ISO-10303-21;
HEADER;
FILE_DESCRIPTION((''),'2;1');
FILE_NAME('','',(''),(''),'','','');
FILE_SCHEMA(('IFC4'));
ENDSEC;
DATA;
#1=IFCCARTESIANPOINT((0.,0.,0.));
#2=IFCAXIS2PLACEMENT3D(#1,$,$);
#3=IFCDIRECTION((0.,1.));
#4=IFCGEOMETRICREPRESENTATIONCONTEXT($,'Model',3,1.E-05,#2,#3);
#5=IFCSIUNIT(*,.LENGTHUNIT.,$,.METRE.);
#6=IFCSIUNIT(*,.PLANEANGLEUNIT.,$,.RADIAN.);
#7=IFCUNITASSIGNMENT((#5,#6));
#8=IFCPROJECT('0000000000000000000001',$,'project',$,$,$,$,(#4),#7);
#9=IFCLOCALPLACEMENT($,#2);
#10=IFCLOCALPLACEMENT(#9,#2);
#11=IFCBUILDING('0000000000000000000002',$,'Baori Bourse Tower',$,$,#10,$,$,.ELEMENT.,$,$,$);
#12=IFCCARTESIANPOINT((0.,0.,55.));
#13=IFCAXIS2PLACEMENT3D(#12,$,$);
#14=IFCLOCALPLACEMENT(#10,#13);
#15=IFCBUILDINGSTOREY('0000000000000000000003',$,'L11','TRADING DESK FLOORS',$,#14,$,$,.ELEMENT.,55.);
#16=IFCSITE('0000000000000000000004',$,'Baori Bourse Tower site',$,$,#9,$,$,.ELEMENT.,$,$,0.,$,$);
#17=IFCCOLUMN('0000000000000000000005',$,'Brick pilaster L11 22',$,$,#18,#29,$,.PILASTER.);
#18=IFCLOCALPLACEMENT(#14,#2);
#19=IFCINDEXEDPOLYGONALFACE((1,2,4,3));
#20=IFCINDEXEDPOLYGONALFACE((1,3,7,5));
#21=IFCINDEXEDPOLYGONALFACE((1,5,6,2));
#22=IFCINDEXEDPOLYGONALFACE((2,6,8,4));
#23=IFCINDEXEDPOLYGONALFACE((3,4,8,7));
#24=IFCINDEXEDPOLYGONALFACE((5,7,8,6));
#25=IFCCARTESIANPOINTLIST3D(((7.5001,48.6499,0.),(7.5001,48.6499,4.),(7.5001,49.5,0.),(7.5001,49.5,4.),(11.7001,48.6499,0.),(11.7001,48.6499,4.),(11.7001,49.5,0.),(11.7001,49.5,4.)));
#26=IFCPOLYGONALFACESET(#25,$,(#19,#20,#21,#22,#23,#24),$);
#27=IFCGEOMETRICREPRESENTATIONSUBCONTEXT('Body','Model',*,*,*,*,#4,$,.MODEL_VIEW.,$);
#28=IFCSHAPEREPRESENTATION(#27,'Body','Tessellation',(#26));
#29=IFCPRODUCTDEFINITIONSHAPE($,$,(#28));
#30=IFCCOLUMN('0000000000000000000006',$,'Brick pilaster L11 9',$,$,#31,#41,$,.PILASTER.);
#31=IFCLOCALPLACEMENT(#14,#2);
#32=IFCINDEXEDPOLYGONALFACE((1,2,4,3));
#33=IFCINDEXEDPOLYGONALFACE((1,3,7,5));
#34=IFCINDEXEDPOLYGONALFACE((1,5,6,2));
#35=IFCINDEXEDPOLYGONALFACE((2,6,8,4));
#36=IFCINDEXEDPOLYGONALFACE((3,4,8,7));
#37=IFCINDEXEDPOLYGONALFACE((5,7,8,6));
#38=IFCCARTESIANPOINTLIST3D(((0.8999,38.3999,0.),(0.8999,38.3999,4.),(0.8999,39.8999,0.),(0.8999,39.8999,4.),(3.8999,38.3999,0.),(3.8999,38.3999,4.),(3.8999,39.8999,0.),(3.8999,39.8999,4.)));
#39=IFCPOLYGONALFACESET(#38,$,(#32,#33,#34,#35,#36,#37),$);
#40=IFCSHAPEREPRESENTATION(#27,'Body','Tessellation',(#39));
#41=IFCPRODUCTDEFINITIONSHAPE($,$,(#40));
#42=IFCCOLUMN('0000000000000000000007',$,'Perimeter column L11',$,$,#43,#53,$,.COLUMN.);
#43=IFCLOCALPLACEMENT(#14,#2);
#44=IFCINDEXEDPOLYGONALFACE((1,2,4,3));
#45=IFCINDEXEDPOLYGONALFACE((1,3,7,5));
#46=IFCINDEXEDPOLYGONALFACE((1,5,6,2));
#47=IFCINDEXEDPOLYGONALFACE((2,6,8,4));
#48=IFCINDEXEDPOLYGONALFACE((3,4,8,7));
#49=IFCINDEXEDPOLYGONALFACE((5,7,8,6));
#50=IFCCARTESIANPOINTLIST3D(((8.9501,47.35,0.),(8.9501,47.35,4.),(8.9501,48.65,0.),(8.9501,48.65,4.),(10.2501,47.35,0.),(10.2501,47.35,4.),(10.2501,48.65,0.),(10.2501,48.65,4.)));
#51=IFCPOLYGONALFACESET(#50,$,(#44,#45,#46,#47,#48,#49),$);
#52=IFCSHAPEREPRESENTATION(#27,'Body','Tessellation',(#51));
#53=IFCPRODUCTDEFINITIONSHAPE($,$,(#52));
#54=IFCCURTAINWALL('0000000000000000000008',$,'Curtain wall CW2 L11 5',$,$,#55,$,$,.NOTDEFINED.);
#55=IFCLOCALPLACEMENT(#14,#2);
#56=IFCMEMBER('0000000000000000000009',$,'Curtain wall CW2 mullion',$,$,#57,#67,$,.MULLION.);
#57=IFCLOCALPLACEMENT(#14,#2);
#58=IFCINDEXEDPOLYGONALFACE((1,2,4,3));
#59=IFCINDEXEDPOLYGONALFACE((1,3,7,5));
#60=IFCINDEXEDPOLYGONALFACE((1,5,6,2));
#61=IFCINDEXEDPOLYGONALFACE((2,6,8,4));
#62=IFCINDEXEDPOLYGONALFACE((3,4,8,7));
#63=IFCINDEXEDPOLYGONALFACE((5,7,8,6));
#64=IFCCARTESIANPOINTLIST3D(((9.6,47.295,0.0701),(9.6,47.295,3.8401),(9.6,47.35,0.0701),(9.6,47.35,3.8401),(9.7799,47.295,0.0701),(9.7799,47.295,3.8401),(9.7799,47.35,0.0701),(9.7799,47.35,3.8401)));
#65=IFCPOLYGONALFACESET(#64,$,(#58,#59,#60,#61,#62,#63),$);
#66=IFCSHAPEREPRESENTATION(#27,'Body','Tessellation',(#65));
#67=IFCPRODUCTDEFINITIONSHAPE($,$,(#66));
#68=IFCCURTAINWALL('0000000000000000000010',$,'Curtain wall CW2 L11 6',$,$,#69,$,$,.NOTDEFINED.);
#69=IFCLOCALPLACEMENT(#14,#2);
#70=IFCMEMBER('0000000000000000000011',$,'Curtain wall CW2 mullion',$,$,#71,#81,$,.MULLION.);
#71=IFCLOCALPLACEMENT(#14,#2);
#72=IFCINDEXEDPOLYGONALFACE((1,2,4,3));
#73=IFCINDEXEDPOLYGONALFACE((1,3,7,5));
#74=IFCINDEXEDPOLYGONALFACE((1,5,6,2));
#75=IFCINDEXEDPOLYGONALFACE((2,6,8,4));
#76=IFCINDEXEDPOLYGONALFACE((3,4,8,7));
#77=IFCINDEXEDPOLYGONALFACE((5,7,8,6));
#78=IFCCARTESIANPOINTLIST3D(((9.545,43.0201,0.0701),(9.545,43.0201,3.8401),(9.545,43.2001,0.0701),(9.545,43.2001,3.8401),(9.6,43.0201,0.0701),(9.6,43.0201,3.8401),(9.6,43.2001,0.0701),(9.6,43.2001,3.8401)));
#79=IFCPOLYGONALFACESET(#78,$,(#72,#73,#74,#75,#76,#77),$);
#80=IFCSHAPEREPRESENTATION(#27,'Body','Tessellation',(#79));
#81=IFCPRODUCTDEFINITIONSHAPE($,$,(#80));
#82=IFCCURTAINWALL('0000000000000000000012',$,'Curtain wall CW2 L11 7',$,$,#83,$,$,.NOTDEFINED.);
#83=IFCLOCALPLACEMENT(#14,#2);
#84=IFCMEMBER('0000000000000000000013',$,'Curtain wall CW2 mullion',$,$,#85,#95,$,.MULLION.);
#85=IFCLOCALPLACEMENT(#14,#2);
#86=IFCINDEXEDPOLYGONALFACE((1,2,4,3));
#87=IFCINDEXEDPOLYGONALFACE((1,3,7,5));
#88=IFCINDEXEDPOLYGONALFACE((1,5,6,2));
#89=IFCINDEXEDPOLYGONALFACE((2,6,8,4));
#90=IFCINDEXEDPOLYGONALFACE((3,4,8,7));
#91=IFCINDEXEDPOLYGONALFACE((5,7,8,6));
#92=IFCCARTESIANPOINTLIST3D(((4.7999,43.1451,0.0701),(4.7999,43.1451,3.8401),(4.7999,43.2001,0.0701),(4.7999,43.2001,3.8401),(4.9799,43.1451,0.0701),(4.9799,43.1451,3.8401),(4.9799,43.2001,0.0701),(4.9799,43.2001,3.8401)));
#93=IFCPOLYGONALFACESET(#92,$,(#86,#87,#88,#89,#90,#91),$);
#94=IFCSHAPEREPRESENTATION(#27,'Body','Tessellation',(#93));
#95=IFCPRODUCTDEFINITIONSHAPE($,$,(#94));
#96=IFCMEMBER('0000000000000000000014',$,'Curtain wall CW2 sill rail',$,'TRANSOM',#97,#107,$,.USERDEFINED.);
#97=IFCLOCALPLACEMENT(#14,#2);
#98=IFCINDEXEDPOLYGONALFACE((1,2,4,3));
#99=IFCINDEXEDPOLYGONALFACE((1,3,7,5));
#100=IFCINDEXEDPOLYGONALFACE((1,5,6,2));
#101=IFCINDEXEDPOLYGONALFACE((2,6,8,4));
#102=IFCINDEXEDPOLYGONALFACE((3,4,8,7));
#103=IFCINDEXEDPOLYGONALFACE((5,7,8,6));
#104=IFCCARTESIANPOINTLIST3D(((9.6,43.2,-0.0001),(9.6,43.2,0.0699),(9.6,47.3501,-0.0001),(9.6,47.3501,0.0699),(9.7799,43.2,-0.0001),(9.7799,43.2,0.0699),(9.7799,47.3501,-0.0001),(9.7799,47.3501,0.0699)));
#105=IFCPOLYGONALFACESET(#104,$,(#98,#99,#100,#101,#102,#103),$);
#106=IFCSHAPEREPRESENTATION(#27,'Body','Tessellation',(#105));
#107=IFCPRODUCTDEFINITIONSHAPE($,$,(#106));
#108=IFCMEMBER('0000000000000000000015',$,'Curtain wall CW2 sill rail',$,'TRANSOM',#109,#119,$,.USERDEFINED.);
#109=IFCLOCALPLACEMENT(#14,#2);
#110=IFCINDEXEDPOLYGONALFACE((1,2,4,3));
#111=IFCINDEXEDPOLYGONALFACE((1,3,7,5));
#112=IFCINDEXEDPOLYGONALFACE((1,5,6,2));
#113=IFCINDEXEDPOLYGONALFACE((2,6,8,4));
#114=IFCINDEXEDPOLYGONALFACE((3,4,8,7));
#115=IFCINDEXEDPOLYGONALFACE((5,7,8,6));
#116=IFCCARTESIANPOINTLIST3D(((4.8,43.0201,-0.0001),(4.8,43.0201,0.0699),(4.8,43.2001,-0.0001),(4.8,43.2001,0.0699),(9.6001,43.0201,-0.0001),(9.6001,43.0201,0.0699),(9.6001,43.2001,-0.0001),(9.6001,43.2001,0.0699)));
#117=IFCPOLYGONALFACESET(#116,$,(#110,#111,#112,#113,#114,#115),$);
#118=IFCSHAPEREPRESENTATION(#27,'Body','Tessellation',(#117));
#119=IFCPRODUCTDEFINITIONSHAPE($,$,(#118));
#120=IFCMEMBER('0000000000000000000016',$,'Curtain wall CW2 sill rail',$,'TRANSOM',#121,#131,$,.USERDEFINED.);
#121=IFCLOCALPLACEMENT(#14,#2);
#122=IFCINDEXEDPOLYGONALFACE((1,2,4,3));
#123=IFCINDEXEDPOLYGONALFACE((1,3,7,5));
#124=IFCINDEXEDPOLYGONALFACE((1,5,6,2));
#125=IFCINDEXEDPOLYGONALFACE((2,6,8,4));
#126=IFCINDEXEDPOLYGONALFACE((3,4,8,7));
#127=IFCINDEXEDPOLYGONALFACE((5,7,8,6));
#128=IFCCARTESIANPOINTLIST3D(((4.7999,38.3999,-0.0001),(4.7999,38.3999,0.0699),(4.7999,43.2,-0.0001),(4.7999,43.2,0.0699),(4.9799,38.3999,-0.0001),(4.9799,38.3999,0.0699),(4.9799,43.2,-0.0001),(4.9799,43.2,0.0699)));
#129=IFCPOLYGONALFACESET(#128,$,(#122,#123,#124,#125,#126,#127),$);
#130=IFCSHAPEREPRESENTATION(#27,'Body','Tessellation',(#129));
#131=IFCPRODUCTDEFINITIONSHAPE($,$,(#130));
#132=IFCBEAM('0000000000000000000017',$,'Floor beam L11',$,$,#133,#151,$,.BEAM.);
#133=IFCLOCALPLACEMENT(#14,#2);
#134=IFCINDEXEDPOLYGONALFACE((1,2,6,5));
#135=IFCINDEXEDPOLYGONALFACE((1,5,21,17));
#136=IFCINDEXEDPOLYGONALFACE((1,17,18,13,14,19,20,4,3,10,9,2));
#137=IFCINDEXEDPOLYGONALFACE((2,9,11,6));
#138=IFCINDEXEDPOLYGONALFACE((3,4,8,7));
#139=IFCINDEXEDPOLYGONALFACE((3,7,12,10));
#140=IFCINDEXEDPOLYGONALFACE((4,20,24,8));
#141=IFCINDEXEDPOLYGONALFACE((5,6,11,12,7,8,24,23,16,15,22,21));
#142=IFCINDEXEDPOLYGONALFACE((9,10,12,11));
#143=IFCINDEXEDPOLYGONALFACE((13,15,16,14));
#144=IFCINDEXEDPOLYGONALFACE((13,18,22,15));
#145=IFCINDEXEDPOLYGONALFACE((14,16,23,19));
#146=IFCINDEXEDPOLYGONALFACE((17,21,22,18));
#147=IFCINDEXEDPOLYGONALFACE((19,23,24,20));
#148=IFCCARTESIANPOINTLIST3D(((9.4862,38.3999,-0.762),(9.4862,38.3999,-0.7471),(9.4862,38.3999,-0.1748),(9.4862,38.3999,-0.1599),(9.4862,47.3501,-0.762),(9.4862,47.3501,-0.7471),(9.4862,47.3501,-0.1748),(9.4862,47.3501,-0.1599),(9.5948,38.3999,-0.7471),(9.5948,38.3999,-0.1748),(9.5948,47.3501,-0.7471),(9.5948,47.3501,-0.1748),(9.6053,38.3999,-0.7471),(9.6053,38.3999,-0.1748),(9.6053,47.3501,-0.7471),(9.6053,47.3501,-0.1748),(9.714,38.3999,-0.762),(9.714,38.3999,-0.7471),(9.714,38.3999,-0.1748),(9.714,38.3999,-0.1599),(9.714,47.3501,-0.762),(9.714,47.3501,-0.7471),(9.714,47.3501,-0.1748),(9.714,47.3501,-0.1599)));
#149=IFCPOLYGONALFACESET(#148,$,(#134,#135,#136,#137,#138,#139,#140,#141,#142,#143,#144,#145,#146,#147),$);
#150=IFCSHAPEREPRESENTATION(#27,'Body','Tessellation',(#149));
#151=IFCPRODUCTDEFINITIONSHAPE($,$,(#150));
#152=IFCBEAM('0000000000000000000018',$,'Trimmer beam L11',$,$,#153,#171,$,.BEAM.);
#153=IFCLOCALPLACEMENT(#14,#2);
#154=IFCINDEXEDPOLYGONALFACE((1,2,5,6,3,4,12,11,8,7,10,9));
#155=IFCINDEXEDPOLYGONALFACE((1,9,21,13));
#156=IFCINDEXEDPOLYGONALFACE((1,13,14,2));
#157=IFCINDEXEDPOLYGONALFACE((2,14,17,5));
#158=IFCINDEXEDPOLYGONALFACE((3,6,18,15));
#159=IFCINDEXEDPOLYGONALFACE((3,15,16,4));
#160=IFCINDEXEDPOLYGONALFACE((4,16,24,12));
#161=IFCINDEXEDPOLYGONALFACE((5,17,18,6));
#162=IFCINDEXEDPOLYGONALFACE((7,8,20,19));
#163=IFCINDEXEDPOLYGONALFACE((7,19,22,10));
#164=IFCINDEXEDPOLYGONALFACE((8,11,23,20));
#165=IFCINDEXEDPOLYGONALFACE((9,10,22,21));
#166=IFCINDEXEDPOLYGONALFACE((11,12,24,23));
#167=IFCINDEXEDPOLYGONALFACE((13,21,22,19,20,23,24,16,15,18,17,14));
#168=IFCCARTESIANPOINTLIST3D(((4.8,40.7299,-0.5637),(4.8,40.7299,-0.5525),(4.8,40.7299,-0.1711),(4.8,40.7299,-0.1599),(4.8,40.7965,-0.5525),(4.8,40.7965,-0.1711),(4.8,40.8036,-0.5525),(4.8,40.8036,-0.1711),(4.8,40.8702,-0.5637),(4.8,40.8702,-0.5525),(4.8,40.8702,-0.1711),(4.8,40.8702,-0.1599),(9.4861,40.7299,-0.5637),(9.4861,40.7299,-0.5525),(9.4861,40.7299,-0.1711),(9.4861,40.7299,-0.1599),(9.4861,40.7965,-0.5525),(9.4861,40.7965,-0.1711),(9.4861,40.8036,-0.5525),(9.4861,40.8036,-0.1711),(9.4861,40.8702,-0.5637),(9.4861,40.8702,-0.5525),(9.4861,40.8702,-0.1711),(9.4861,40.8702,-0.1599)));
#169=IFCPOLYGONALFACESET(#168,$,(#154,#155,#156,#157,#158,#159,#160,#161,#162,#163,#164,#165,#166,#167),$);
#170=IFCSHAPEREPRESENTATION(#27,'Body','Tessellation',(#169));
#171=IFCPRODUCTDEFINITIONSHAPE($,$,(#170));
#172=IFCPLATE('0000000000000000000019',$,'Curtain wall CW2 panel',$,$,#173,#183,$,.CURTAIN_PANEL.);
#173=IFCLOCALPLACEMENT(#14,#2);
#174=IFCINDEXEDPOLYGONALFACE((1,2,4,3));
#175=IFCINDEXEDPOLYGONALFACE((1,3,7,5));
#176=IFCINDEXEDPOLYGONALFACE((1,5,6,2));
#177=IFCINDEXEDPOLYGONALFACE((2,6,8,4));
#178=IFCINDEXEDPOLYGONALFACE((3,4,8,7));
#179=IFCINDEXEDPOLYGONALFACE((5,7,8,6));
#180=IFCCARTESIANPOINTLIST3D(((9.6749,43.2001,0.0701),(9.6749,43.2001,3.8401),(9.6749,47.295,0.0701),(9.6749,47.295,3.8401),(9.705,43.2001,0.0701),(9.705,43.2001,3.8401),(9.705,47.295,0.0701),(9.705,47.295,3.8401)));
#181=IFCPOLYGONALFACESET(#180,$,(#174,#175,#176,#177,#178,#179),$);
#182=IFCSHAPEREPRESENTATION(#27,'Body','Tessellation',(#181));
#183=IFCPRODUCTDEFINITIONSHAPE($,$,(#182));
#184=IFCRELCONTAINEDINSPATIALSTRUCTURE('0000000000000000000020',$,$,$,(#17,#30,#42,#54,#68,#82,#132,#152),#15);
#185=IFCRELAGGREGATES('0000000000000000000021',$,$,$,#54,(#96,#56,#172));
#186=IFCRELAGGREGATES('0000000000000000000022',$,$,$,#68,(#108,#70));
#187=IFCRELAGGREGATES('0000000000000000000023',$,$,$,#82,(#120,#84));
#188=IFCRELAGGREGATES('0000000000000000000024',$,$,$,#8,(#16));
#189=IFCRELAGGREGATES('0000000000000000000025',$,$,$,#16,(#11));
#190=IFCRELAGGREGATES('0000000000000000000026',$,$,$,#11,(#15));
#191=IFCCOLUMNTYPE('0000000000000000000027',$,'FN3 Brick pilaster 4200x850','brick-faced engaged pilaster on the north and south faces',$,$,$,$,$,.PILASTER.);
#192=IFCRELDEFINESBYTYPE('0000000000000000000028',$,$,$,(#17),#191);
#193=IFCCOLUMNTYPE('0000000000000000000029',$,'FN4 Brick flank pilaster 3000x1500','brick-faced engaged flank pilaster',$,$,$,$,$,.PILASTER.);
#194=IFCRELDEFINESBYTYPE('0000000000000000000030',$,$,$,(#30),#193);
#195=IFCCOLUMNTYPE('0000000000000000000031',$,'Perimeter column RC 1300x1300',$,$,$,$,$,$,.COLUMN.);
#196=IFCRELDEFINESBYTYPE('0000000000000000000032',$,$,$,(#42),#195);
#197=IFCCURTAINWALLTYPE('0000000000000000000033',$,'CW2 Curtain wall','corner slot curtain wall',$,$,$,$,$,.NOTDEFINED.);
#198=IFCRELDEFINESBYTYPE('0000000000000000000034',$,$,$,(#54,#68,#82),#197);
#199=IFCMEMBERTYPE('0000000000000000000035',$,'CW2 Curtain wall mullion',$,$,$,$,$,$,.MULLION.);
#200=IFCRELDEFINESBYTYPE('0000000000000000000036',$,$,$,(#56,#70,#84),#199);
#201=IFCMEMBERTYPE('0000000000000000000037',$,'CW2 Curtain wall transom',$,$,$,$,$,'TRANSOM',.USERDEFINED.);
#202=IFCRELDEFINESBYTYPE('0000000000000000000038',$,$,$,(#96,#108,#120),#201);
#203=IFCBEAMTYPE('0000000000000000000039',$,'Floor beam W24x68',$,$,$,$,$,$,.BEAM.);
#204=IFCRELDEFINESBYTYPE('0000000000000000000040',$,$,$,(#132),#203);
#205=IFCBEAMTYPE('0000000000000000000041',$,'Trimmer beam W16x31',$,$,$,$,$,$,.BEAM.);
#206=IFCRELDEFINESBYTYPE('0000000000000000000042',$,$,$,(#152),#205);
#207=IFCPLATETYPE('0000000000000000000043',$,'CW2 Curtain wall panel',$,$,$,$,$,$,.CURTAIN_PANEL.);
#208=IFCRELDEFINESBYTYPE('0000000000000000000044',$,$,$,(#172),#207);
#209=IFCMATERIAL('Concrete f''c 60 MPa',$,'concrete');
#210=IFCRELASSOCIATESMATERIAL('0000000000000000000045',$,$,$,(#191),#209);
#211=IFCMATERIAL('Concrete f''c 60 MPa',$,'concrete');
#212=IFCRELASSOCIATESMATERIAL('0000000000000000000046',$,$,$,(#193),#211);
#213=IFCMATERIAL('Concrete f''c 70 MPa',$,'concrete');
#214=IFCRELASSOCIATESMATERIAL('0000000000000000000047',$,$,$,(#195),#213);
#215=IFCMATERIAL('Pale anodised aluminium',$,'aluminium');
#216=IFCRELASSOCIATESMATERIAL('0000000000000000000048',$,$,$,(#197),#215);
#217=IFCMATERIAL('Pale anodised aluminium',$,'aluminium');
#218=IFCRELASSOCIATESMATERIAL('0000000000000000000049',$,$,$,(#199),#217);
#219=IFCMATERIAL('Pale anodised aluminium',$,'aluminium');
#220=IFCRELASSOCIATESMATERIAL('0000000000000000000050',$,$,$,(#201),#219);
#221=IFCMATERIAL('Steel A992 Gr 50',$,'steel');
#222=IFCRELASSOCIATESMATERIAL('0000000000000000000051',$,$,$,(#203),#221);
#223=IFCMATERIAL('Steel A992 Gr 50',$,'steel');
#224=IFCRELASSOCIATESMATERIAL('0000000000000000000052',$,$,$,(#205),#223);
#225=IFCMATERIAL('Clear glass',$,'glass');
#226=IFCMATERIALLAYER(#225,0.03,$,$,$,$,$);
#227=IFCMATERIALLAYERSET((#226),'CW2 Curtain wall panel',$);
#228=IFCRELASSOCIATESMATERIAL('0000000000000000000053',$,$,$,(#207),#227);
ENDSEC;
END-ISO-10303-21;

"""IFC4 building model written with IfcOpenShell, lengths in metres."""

from ifc_helpers import new_model, si_unit, direction, frame, origin, origin_2d, place, context, subcontext, project, spatial, rectangle, i_section, extrude, material, layer, layer_set, material_profile, profile_set, type_object, element, aggregate, save


model = new_model("IFC4")

# Units and contexts
model_context = context("Model", 3, precision=1e-05, world=origin(), true_north=direction((0.0, 1.0)))
body_context = subcontext(model_context, "Body", "Model", "MODEL_VIEW")
ifc_project = project(units=[si_unit("LENGTHUNIT", "METRE"), si_unit("PLANEANGLEUNIT", "RADIAN")], contexts=[model_context])

# Site, building, storey
site_placement = place(None, origin())
site = spatial("IfcSite", under=ifc_project, at=site_placement, Name="Baori Bourse Tower site", CompositionType="ELEMENT", RefElevation=0.0)
building_placement = place(site_placement, origin())
building = spatial("IfcBuilding", under=site, at=building_placement, Name="Baori Bourse Tower", CompositionType="ELEMENT")
storey_placement = place(building_placement, frame((0.0, 0.0, 55.0)))
storey = spatial("IfcBuildingStorey", under=building, at=storey_placement, Name="L11", Description="TRADING DESK FLOORS", CompositionType="ELEMENT", Elevation=55.0)

# Columns
ifc_material_1 = material(Name="Concrete f'c 60 MPa", Category="concrete")
ifc_material_profile_1 = material_profile(ifc_material_1, rectangle(XDim=4.2, YDim=0.8501, at=origin_2d()), Name="RC 4200x850")
ifc_profile_set_1 = profile_set([ifc_material_profile_1], Name="Concrete f'c 60 MPa")
column_type_1 = type_object("IfcColumnType", Name="FN3 Brick pilaster 4200x850", Description="brick-faced engaged pilaster on the north and south faces", PredefinedType="PILASTER", material=ifc_profile_set_1)
column_1_placement = place(storey_placement, frame((9.6001, 49.075, 0.0), z_axis=(0.0, 0.0, 1.0), x_axis=(1.0, 0.0, 0.0)))
element("IfcColumn", 1, at=column_1_placement, inside=storey, type_object=column_type_1, Name="Brick pilaster L11 22", PredefinedType="PILASTER", context=body_context, shape_type="SweptSolid", body=[
    extrude(rectangle(XDim=4.2, YDim=0.8501, at=origin_2d()), origin(), (0.0, 0.0, 1.0), 4.0),
])
ifc_material_2 = material(Name="Concrete f'c 60 MPa", Category="concrete")
ifc_material_profile_2 = material_profile(ifc_material_2, rectangle(XDim=3.0, YDim=1.5, at=origin_2d()), Name="RC 3000x1500")
ifc_profile_set_2 = profile_set([ifc_material_profile_2], Name="Concrete f'c 60 MPa")
column_type_2 = type_object("IfcColumnType", Name="FN4 Brick flank pilaster 3000x1500", Description="brick-faced engaged flank pilaster", PredefinedType="PILASTER", material=ifc_profile_set_2)
column_2_placement = place(storey_placement, frame((2.3999, 39.1499, 0.0), z_axis=(0.0, 0.0, 1.0), x_axis=(1.0, 0.0, 0.0)))
element("IfcColumn", 2, at=column_2_placement, inside=storey, type_object=column_type_2, Name="Brick pilaster L11 9", PredefinedType="PILASTER", context=body_context, shape_type="SweptSolid", body=[
    extrude(rectangle(XDim=3.0, YDim=1.5, at=origin_2d()), origin(), (0.0, 0.0, 1.0), 4.0),
])
ifc_material_3 = material(Name="Concrete f'c 70 MPa", Category="concrete")
ifc_material_profile_3 = material_profile(ifc_material_3, rectangle(XDim=1.3, YDim=1.3, at=origin_2d()), Name="RC 1300x1300")
ifc_profile_set_3 = profile_set([ifc_material_profile_3], Name="Concrete f'c 70 MPa")
column_type_3 = type_object("IfcColumnType", Name="Perimeter column RC 1300x1300", PredefinedType="COLUMN", material=ifc_profile_set_3)
column_3_placement = place(storey_placement, frame((9.6001, 48.0, 0.0), z_axis=(0.0, 0.0, 1.0), x_axis=(1.0, 0.0, 0.0)))
element("IfcColumn", 3, at=column_3_placement, inside=storey, type_object=column_type_3, Name="Perimeter column L11", PredefinedType="COLUMN", context=body_context, shape_type="SweptSolid", body=[
    extrude(rectangle(XDim=1.3, YDim=1.3, at=origin_2d()), origin(), (0.0, 0.0, 1.0), 4.0),
])

# Curtain walls, members
ifc_material_4 = material(Name="Pale anodised aluminium", Category="aluminium")
curtain_wall_type = type_object("IfcCurtainWallType", Name="CW2 Curtain wall", Description="corner slot curtain wall", PredefinedType="NOTDEFINED", material=ifc_material_4)
curtain_wall_1_placement = place(storey_placement, origin())
curtain_wall_1 = element("IfcCurtainWall", 4, at=curtain_wall_1_placement, inside=storey, type_object=curtain_wall_type, Name="Curtain wall CW2 L11 5", PredefinedType="NOTDEFINED")
ifc_material_5 = material(Name="Pale anodised aluminium", Category="aluminium")
ifc_material_profile_4 = material_profile(ifc_material_5, rectangle(XDim=0.1799, YDim=0.0549, at=origin_2d()), Name="Mullion 55x180")
ifc_profile_set_4 = profile_set([ifc_material_profile_4], Name="Pale anodised aluminium")
member_type_1 = type_object("IfcMemberType", Name="CW2 Curtain wall mullion", PredefinedType="MULLION", material=ifc_profile_set_4)
member_1_placement = place(storey_placement, frame((9.6899, 47.3225, 0.0701), z_axis=(0.0, 0.0, 1.0), x_axis=(1.0, 0.0, 0.0)))
member_1 = element("IfcMember", 5, at=member_1_placement, type_object=member_type_1, Name="Curtain wall CW2 mullion", PredefinedType="MULLION", context=body_context, shape_type="SweptSolid", body=[
    extrude(rectangle(XDim=0.1799, YDim=0.0549, at=origin_2d()), origin(), (0.0, 0.0, 1.0), 3.77),
])
curtain_wall_2_placement = place(storey_placement, origin())
curtain_wall_2 = element("IfcCurtainWall", 6, at=curtain_wall_2_placement, inside=storey, type_object=curtain_wall_type, Name="Curtain wall CW2 L11 6", PredefinedType="NOTDEFINED")
member_2_placement = place(storey_placement, frame((9.5725, 43.1101, 0.0701), z_axis=(0.0, 0.0, 1.0), x_axis=(0.0, -1.0, 0.0)))
member_2 = element("IfcMember", 7, at=member_2_placement, type_object=member_type_1, Name="Curtain wall CW2 mullion", PredefinedType="MULLION", context=body_context, shape_type="SweptSolid", body=[
    extrude(rectangle(XDim=0.1799, YDim=0.0549, at=origin_2d()), origin(), (0.0, 0.0, 1.0), 3.77),
])
curtain_wall_3_placement = place(storey_placement, origin())
curtain_wall_3 = element("IfcCurtainWall", 8, at=curtain_wall_3_placement, inside=storey, type_object=curtain_wall_type, Name="Curtain wall CW2 L11 7", PredefinedType="NOTDEFINED")
member_3_placement = place(storey_placement, frame((4.8899, 43.1726, 0.0701), z_axis=(0.0, 0.0, 1.0), x_axis=(1.0, 0.0, 0.0)))
member_3 = element("IfcMember", 9, at=member_3_placement, type_object=member_type_1, Name="Curtain wall CW2 mullion", PredefinedType="MULLION", context=body_context, shape_type="SweptSolid", body=[
    extrude(rectangle(XDim=0.1799, YDim=0.0549, at=origin_2d()), origin(), (0.0, 0.0, 1.0), 3.77),
])

# Members
ifc_material_6 = material(Name="Pale anodised aluminium", Category="aluminium")
ifc_material_profile_5 = material_profile(ifc_material_6, rectangle(XDim=0.1799, YDim=0.0701, at=origin_2d()), Name="Transom 70x180")
ifc_profile_set_5 = profile_set([ifc_material_profile_5], Name="Pale anodised aluminium")
member_type_2 = type_object("IfcMemberType", Name="CW2 Curtain wall transom", ElementType="TRANSOM", PredefinedType="USERDEFINED", material=ifc_profile_set_5)
member_4_placement = place(storey_placement, frame((9.6899, 47.3501, 0.0349), z_axis=(0.0, -1.0, 0.0), x_axis=(1.0, 0.0, 0.0)))
member_4 = element("IfcMember", 10, at=member_4_placement, type_object=member_type_2, Name="Curtain wall CW2 sill rail", ObjectType="TRANSOM", PredefinedType="USERDEFINED", context=body_context, shape_type="SweptSolid", body=[
    extrude(rectangle(XDim=0.1799, YDim=0.0701, at=origin_2d()), origin(), (0.0, 0.0, 1.0), 4.1501),
])
member_5_placement = place(storey_placement, frame((9.6001, 43.1101, 0.0349), z_axis=(-1.0, 0.0, 0.0), x_axis=(0.0, -1.0, 0.0)))
member_5 = element("IfcMember", 11, at=member_5_placement, type_object=member_type_2, Name="Curtain wall CW2 sill rail", ObjectType="TRANSOM", PredefinedType="USERDEFINED", context=body_context, shape_type="SweptSolid", body=[
    extrude(rectangle(XDim=0.1799, YDim=0.0701, at=origin_2d()), origin(), (0.0, 0.0, 1.0), 4.8),
])
member_6_placement = place(storey_placement, frame((4.8899, 43.2, 0.0349), z_axis=(0.0, -1.0, 0.0), x_axis=(1.0, 0.0, 0.0)))
member_6 = element("IfcMember", 12, at=member_6_placement, type_object=member_type_2, Name="Curtain wall CW2 sill rail", ObjectType="TRANSOM", PredefinedType="USERDEFINED", context=body_context, shape_type="SweptSolid", body=[
    extrude(rectangle(XDim=0.1799, YDim=0.0701, at=origin_2d()), origin(), (0.0, 0.0, 1.0), 4.8),
])

# Beams
ifc_material_7 = material(Name="Steel A992 Gr 50", Category="steel")
ifc_material_profile_6 = material_profile(ifc_material_7, i_section(OverallWidth=0.2278, OverallDepth=0.6021, WebThickness=0.0105, FlangeThickness=0.0149, at=origin_2d()), Name="W24x68")
ifc_profile_set_6 = profile_set([ifc_material_profile_6], Name="Steel A992 Gr 50")
beam_type_1 = type_object("IfcBeamType", Name="Floor beam W24x68", PredefinedType="BEAM", material=ifc_profile_set_6)
beam_1_placement = place(storey_placement, frame((9.6001, 38.3999, -0.4609), z_axis=(0.0, 1.0, 0.0), x_axis=(-1.0, 0.0, 0.0)))
element("IfcBeam", 13, at=beam_1_placement, inside=storey, type_object=beam_type_1, Name="Floor beam L11", PredefinedType="BEAM", context=body_context, shape_type="SweptSolid", body=[
    extrude(i_section(OverallWidth=0.2278, OverallDepth=0.6021, WebThickness=0.0105, FlangeThickness=0.0149, at=origin_2d()), origin(), (0.0, 0.0, 1.0), 8.9502),
])
ifc_material_8 = material(Name="Steel A992 Gr 50", Category="steel")
ifc_material_profile_7 = material_profile(ifc_material_8, i_section(OverallWidth=0.1404, OverallDepth=0.4038, WebThickness=0.0071, FlangeThickness=0.0112, at=origin_2d()), Name="W16x31")
ifc_profile_set_7 = profile_set([ifc_material_profile_7], Name="Steel A992 Gr 50")
beam_type_2 = type_object("IfcBeamType", Name="Trimmer beam W16x31", PredefinedType="BEAM", material=ifc_profile_set_7)
beam_2_placement = place(storey_placement, frame((4.8, 40.8, -0.3618), z_axis=(1.0, 0.0, 0.0), x_axis=(0.0, 1.0, 0.0)))
element("IfcBeam", 14, at=beam_2_placement, inside=storey, type_object=beam_type_2, Name="Trimmer beam L11", PredefinedType="BEAM", context=body_context, shape_type="SweptSolid", body=[
    extrude(i_section(OverallWidth=0.1404, OverallDepth=0.4038, WebThickness=0.0071, FlangeThickness=0.0112, at=origin_2d()), origin(), (0.0, 0.0, 1.0), 4.686),
])

# Plate
ifc_material_9 = material(Name="Clear glass", Category="glass")
ifc_layer_1 = layer(ifc_material_9, 0.03)
ifc_layer_set_1 = layer_set([ifc_layer_1], Name="CW2 Curtain wall panel")
plate_type = type_object("IfcPlateType", Name="CW2 Curtain wall panel", PredefinedType="CURTAIN_PANEL", material=ifc_layer_set_1)
plate_1_placement = place(storey_placement, frame((9.6899, 45.2476, 0.0701), z_axis=(0.0, 0.0, 1.0), x_axis=(0.0, -1.0, 0.0)))
plate_1 = element("IfcPlate", 15, at=plate_1_placement, type_object=plate_type, Name="Curtain wall CW2 panel", PredefinedType="CURTAIN_PANEL", context=body_context, shape_type="SweptSolid", body=[
    extrude(rectangle(XDim=4.095, YDim=0.03, at=origin_2d()), origin(), (0.0, 0.0, 1.0), 3.77),
])
aggregate(curtain_wall_1, [member_4, member_1, plate_1])
aggregate(curtain_wall_2, [member_5, member_2])
aggregate(curtain_wall_3, [member_6, member_3])

save(model, "model.ifc")
